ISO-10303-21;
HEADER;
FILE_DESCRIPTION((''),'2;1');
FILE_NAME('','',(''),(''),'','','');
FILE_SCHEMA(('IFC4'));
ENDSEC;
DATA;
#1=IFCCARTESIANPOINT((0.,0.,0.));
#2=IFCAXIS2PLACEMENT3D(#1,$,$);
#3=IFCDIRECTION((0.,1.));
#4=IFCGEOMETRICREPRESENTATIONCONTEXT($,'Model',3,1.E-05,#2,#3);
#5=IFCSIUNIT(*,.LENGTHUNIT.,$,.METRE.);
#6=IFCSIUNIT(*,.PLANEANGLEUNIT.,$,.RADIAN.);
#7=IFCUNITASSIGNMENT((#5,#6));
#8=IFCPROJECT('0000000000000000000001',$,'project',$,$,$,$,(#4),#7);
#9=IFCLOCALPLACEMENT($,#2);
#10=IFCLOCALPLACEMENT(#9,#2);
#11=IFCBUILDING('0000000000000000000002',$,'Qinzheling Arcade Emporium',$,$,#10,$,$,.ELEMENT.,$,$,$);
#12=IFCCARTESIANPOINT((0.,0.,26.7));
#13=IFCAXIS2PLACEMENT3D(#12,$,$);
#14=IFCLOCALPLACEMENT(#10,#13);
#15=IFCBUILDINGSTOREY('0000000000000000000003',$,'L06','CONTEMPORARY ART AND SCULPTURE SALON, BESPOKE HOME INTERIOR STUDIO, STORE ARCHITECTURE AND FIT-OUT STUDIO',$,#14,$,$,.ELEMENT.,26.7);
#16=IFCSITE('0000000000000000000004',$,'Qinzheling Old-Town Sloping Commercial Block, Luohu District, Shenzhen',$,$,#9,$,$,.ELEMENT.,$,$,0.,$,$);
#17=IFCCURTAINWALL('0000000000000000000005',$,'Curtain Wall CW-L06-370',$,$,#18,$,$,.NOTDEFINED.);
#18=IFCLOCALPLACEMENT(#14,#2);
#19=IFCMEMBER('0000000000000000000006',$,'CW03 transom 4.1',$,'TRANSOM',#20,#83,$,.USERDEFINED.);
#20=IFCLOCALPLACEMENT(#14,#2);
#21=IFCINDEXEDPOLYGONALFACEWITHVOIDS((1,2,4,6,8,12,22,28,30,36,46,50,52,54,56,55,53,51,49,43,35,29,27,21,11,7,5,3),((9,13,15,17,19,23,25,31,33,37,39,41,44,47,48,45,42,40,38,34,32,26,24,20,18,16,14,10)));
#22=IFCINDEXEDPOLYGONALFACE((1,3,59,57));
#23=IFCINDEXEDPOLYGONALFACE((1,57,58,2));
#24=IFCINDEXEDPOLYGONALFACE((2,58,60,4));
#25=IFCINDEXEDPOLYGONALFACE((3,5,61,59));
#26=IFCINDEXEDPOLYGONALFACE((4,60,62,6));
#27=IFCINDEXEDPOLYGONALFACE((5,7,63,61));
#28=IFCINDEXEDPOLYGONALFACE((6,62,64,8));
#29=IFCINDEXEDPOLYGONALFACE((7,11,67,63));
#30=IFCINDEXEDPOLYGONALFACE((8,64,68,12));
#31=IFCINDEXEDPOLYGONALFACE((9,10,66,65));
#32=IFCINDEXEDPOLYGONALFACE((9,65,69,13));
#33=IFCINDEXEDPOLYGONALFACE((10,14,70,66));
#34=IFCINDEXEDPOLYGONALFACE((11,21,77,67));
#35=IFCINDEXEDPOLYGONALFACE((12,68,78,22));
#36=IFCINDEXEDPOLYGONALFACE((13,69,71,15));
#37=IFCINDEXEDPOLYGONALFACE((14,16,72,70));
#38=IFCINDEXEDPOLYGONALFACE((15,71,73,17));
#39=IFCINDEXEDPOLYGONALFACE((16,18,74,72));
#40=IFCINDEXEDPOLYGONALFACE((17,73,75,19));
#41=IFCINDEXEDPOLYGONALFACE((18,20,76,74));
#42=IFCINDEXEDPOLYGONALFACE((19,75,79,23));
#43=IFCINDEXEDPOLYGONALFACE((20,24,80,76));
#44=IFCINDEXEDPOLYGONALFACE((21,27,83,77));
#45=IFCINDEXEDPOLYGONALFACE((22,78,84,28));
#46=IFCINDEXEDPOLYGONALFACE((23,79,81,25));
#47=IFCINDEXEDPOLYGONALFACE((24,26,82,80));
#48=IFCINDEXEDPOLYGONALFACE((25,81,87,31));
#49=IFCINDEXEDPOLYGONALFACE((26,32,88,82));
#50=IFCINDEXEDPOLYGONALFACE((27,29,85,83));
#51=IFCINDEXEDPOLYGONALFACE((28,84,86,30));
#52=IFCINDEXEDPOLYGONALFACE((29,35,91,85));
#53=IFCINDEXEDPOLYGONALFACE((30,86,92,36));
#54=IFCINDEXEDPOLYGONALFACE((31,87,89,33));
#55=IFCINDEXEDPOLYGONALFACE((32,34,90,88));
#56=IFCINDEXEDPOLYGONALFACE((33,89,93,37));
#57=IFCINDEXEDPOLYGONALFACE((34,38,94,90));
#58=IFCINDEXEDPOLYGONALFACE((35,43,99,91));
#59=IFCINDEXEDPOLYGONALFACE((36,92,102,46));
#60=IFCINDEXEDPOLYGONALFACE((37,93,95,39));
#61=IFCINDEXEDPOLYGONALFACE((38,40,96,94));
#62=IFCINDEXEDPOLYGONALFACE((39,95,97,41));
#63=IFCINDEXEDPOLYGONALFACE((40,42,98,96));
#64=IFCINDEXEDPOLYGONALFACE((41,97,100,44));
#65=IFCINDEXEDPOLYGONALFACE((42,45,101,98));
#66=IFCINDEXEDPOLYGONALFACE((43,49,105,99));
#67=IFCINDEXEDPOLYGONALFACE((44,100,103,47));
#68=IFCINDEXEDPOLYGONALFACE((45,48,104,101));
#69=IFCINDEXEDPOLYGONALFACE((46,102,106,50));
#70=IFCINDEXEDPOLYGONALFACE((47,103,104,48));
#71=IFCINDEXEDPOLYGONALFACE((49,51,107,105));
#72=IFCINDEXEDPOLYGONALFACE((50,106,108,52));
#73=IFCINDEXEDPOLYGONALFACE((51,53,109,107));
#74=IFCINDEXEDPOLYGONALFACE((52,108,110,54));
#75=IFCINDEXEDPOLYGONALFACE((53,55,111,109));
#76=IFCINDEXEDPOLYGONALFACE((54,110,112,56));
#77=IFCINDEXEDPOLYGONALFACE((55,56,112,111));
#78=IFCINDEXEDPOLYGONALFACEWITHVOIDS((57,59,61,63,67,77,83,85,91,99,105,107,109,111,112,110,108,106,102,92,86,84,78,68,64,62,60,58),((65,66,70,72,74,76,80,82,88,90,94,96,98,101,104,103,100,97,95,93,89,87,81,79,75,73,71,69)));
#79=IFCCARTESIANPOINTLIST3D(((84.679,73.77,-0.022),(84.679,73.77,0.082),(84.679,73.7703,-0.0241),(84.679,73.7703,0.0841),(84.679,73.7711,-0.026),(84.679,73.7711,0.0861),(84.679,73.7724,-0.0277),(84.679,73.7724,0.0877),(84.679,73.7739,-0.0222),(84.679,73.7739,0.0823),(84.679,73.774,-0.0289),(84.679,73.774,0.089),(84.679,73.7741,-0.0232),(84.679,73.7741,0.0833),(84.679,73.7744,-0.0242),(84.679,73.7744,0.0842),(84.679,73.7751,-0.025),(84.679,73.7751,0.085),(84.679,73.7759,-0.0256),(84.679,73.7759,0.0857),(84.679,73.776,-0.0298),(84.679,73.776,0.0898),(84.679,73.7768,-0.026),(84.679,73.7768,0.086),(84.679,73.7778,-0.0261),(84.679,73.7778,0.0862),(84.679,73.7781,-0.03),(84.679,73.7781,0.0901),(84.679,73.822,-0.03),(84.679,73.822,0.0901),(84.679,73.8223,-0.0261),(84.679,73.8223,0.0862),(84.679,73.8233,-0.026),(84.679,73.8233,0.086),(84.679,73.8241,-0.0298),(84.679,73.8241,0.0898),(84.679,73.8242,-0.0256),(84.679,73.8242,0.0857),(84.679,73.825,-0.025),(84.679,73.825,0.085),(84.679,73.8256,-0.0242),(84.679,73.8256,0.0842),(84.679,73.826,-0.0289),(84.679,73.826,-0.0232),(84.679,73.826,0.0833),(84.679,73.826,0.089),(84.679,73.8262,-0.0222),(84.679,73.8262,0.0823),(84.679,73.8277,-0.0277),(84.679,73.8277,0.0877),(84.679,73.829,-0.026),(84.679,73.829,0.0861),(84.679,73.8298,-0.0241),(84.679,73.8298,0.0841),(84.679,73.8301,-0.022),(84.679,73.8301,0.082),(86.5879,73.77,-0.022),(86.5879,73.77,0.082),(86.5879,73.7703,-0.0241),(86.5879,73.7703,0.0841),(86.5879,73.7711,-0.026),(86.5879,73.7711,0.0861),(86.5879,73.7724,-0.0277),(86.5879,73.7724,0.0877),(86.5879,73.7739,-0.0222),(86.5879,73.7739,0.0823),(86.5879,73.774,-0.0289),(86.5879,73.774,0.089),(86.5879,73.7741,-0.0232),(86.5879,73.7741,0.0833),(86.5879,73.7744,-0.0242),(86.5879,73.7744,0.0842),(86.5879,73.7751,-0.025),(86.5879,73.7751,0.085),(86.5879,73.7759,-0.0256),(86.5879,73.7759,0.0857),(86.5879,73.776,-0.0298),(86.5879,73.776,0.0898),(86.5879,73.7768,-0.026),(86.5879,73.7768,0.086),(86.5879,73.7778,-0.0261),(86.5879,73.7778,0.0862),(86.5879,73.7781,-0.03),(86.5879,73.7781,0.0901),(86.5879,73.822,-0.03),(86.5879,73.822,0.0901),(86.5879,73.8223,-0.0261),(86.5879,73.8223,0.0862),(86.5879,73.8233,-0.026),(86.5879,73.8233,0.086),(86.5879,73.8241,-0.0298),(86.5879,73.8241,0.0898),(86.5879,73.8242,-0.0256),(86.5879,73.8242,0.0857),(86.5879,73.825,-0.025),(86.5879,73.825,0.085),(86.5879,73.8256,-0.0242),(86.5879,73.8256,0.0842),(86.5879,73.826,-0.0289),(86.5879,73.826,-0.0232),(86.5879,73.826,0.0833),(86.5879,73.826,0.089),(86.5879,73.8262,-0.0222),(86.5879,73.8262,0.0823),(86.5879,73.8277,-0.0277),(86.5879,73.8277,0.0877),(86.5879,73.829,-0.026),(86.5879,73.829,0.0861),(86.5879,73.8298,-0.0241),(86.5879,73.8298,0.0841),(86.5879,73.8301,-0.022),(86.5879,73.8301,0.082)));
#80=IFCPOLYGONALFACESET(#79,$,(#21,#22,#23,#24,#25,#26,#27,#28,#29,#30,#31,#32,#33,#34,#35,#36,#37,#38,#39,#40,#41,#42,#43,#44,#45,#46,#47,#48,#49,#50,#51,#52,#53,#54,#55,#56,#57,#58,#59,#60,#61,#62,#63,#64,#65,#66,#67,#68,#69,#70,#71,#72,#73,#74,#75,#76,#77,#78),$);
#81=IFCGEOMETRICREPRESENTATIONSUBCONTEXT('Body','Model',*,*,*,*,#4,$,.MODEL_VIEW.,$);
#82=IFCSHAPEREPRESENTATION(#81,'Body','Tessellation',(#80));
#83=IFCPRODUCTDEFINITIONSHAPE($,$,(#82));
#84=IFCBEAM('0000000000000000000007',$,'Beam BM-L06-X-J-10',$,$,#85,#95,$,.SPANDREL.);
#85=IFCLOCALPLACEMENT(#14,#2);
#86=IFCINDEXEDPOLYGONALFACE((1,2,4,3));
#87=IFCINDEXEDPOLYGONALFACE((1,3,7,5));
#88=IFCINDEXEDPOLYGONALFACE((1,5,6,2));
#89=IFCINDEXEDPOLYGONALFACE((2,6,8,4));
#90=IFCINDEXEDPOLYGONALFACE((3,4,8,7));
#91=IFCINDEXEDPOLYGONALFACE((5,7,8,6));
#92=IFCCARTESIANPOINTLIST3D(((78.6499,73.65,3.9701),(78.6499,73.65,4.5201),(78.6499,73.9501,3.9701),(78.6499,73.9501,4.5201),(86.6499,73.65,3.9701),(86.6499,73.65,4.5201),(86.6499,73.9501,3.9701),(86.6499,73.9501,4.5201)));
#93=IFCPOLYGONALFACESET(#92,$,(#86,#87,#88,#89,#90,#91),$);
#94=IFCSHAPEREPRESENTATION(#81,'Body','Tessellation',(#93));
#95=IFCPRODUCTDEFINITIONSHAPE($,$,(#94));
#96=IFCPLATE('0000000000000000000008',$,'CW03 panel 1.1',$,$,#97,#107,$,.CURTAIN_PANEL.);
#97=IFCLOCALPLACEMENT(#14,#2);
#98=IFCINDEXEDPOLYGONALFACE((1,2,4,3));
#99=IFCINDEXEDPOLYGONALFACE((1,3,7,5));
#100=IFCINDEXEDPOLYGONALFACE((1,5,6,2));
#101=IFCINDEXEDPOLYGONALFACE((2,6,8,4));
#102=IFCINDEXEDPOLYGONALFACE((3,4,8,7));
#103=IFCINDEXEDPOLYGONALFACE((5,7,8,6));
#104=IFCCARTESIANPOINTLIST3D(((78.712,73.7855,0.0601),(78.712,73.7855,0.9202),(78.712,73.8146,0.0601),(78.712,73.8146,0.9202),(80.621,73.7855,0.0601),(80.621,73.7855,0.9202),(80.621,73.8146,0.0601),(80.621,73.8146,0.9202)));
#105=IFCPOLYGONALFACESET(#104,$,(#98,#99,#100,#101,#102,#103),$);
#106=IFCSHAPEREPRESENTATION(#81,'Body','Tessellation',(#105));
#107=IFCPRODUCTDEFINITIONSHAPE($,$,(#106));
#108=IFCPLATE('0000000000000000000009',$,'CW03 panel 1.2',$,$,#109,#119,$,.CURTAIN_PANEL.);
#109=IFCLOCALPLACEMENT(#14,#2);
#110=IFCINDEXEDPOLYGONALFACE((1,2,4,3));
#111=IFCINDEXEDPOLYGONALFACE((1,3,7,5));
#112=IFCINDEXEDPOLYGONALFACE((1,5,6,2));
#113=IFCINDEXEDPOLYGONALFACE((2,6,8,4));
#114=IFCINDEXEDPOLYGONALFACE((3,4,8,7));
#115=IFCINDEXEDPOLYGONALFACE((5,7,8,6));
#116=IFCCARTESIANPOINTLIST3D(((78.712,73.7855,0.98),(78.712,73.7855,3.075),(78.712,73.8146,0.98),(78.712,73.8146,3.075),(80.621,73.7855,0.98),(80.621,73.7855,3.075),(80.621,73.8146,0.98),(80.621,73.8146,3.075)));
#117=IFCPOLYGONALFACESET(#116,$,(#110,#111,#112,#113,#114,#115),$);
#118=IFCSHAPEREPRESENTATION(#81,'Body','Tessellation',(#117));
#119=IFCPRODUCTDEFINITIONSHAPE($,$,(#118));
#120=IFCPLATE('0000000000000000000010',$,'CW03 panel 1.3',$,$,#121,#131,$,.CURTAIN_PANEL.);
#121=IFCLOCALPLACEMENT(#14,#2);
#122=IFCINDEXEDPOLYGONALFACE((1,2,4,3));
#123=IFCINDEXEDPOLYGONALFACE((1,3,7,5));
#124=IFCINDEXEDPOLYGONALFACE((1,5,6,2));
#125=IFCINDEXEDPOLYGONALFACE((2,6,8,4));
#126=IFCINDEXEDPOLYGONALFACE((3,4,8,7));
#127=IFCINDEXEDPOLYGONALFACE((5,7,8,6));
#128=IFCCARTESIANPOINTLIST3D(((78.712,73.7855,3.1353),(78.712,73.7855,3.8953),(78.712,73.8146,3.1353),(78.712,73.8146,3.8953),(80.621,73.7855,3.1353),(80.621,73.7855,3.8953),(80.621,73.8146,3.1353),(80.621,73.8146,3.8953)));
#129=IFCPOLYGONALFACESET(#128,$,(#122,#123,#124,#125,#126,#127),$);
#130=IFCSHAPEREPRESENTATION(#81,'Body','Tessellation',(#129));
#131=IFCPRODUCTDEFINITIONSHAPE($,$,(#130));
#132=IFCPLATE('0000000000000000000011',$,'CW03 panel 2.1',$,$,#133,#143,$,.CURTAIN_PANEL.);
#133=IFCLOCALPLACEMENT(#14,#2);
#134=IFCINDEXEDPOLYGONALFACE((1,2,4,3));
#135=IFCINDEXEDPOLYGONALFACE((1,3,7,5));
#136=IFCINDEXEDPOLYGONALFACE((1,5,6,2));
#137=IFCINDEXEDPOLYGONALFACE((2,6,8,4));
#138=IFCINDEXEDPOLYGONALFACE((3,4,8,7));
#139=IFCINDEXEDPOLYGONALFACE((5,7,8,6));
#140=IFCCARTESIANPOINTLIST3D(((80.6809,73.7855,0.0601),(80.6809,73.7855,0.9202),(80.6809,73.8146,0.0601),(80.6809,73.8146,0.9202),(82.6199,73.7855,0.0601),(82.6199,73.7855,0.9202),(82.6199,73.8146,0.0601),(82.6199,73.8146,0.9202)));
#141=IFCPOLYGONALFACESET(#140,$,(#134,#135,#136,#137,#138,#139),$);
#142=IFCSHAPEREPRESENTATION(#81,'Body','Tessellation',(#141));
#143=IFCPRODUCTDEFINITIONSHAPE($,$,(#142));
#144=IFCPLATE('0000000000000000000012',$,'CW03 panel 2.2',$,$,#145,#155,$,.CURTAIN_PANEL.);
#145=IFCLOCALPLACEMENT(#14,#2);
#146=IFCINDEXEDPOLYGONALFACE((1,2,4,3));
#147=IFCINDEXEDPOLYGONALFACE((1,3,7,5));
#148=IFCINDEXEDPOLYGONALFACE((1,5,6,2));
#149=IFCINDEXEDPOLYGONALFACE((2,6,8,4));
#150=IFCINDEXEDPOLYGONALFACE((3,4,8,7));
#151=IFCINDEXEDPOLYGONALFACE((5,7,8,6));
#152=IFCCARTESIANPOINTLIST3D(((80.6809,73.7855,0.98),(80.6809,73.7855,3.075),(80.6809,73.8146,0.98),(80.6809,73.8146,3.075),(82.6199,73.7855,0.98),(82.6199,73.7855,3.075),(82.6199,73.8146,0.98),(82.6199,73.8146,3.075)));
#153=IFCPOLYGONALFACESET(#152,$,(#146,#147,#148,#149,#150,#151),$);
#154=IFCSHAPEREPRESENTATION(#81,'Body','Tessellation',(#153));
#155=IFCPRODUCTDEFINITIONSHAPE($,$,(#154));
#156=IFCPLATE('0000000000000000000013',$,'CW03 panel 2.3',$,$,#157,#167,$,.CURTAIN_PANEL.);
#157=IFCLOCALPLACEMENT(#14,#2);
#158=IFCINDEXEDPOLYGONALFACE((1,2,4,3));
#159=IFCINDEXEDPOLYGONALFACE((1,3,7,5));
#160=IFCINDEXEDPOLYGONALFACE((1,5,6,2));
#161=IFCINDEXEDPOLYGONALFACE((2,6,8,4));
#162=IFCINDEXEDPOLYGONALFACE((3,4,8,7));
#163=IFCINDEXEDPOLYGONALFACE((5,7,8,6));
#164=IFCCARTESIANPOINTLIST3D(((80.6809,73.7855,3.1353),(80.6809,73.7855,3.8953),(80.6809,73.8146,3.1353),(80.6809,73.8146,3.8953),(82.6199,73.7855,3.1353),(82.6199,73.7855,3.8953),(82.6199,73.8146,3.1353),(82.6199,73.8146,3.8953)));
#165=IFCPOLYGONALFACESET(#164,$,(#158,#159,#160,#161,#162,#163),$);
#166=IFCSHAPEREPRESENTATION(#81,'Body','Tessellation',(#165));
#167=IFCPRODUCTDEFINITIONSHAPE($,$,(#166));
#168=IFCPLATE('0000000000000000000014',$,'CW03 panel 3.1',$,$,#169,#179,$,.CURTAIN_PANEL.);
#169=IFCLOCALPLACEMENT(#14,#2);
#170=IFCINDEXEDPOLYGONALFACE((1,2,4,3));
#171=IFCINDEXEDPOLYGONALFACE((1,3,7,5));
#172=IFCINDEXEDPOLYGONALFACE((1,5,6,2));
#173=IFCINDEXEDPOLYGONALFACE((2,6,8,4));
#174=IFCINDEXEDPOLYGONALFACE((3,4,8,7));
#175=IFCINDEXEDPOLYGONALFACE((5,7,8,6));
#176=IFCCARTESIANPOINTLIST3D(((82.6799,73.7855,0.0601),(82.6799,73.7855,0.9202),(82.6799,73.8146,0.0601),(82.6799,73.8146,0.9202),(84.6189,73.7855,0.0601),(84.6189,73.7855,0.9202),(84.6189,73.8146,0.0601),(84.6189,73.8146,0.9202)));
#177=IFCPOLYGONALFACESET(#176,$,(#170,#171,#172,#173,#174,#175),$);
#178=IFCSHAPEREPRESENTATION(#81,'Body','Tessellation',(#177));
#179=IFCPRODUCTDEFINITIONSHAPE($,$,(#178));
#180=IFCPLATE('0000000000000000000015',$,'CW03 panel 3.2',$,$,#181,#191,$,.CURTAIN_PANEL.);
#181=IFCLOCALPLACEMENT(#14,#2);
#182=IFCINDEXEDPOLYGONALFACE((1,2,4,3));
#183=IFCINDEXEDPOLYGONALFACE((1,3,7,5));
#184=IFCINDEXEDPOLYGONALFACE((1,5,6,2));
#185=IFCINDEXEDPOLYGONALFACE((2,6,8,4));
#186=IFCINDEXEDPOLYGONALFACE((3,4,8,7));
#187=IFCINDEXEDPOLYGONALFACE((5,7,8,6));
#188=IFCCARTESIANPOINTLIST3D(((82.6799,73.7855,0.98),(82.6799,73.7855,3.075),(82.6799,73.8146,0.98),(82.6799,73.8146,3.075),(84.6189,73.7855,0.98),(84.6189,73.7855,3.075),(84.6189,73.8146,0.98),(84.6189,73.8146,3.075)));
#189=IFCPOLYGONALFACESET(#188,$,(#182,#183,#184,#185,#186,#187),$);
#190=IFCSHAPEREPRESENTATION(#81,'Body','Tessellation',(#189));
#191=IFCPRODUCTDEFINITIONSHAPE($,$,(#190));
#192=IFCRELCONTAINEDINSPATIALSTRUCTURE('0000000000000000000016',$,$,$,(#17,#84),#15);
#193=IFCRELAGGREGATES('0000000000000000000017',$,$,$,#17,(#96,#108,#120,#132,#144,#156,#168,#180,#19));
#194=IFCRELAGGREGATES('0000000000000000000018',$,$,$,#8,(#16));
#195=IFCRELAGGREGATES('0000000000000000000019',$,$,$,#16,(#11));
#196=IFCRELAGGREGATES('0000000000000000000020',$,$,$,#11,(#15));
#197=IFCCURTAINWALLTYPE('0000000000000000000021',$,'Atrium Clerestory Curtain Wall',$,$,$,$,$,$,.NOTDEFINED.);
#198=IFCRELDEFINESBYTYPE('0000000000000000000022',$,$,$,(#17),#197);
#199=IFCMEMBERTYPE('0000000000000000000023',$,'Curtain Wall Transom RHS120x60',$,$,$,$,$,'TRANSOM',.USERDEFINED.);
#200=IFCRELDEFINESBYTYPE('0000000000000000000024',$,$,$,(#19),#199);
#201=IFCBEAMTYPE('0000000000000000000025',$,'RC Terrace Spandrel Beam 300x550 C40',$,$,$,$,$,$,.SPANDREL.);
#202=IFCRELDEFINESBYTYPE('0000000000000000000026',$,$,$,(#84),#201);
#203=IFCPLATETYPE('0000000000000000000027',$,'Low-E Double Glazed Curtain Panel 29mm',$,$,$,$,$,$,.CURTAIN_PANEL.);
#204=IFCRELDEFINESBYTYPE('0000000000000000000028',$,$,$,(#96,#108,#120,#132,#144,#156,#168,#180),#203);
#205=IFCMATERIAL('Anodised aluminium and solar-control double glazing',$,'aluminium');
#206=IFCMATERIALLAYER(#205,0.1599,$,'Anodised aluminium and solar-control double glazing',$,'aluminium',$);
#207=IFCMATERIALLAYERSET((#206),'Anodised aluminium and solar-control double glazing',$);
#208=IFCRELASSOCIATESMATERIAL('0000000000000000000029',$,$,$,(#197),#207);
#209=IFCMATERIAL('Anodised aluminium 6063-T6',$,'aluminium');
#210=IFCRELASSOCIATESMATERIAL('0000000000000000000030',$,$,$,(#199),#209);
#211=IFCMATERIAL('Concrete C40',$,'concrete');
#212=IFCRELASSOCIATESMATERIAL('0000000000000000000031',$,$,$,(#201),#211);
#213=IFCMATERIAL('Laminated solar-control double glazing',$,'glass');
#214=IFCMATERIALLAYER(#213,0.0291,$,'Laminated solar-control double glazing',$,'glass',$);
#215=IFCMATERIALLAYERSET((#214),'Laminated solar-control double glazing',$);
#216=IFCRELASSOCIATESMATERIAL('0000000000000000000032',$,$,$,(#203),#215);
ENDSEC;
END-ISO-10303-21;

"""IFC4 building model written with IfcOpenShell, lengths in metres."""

from ifc_helpers import new_model, si_unit, direction, frame, origin, origin_2d, place, context, subcontext, project, spatial, rectangle, hollow_rectangle, extrude, material, layer, layer_set, material_profile, profile_set, type_object, element, aggregate, save


model = new_model("IFC4")

# Units and contexts
model_context = context("Model", 3, precision=1e-05, world=origin(), true_north=direction((0.0, 1.0)))
body_context = subcontext(model_context, "Body", "Model", "MODEL_VIEW")
ifc_project = project(units=[si_unit("LENGTHUNIT", "METRE"), si_unit("PLANEANGLEUNIT", "RADIAN")], contexts=[model_context])

# Site, building, storey
site_placement = place(None, origin())
site = spatial("IfcSite", under=ifc_project, at=site_placement, Name="Qinzheling Old-Town Sloping Commercial Block, Luohu District, Shenzhen", CompositionType="ELEMENT", RefElevation=0.0)
building_placement = place(site_placement, origin())
building = spatial("IfcBuilding", under=site, at=building_placement, Name="Qinzheling Arcade Emporium", CompositionType="ELEMENT")
storey_placement = place(building_placement, frame((0.0, 0.0, 26.7)))
storey = spatial("IfcBuildingStorey", under=building, at=storey_placement, Name="L06", Description="CONTEMPORARY ART AND SCULPTURE SALON, BESPOKE HOME INTERIOR STUDIO, STORE ARCHITECTURE AND FIT-OUT STUDIO", CompositionType="ELEMENT", Elevation=26.7)

# Curtain wall, member
ifc_material_1 = material(Name="Anodised aluminium and solar-control double glazing", Category="aluminium")
ifc_layer_1 = layer(ifc_material_1, 0.1599, Name="Anodised aluminium and solar-control double glazing", Category="aluminium")
ifc_layer_set_1 = layer_set([ifc_layer_1], Name="Anodised aluminium and solar-control double glazing")
curtain_wall_type = type_object("IfcCurtainWallType", Name="Atrium Clerestory Curtain Wall", PredefinedType="NOTDEFINED", material=ifc_layer_set_1)
curtain_wall_placement = place(storey_placement, origin())
curtain_wall = element("IfcCurtainWall", 1, at=curtain_wall_placement, inside=storey, type_object=curtain_wall_type, Name="Curtain Wall CW-L06-370", PredefinedType="NOTDEFINED")
ifc_material_2 = material(Name="Anodised aluminium 6063-T6", Category="aluminium")
ifc_material_profile_1 = material_profile(ifc_material_2, hollow_rectangle(XDim=0.0601, YDim=0.1201, WallThickness=0.0039, InnerFilletRadius=0.0039, OuterFilletRadius=0.0081, at=origin_2d()), Name="RHS 120x60x4", Category="aluminium")
ifc_profile_set_1 = profile_set([ifc_material_profile_1], Name="Anodised aluminium 6063-T6")
member_type_1 = type_object("IfcMemberType", Name="Curtain Wall Transom RHS120x60", ElementType="TRANSOM", PredefinedType="USERDEFINED", material=ifc_profile_set_1)
member_1_placement = place(storey_placement, frame((84.679, 73.8, 0.03), z_axis=(1.0, 0.0, 0.0), x_axis=(0.0, 1.0, 0.0)))
member_1 = element("IfcMember", 2, at=member_1_placement, type_object=member_type_1, Name="CW03 transom 4.1", ObjectType="TRANSOM", PredefinedType="USERDEFINED", context=body_context, shape_type="SweptSolid", body=[
    extrude(hollow_rectangle(XDim=0.0601, YDim=0.1201, WallThickness=0.0039, InnerFilletRadius=0.0039, OuterFilletRadius=0.0081, at=origin_2d()), origin(), (0.0, 0.0, 1.0), 1.9089),
])

# Beam
ifc_material_3 = material(Name="Concrete C40", Category="concrete")
ifc_material_profile_2 = material_profile(ifc_material_3, rectangle(XDim=0.3, YDim=0.55, at=origin_2d()), Name="RC 300x550", Category="concrete")
ifc_profile_set_2 = profile_set([ifc_material_profile_2], Name="Concrete C40")
beam_type = type_object("IfcBeamType", Name="RC Terrace Spandrel Beam 300x550 C40", PredefinedType="SPANDREL", material=ifc_profile_set_2)
beam_placement = place(storey_placement, frame((78.6499, 73.8, 4.2451), z_axis=(1.0, 0.0, 0.0), x_axis=(0.0, 1.0, 0.0)))
element("IfcBeam", 3, at=beam_placement, inside=storey, type_object=beam_type, Name="Beam BM-L06-X-J-10", PredefinedType="SPANDREL", context=body_context, shape_type="SweptSolid", body=[
    extrude(rectangle(XDim=0.3, YDim=0.55, at=origin_2d()), origin(), (0.0, 0.0, 1.0), 8.0),
])

# Plates
ifc_material_4 = material(Name="Laminated solar-control double glazing", Category="glass")
ifc_layer_2 = layer(ifc_material_4, 0.0291, Name="Laminated solar-control double glazing", Category="glass")
ifc_layer_set_2 = layer_set([ifc_layer_2], Name="Laminated solar-control double glazing")
plate_type = type_object("IfcPlateType", Name="Low-E Double Glazed Curtain Panel 29mm", PredefinedType="CURTAIN_PANEL", material=ifc_layer_set_2)
plate_1_placement = place(storey_placement, frame((79.6665, 73.8, 0.0601), z_axis=(0.0, 0.0, 1.0), x_axis=(1.0, 0.0, 0.0)))
plate_1 = element("IfcPlate", 4, at=plate_1_placement, type_object=plate_type, Name="CW03 panel 1.1", PredefinedType="CURTAIN_PANEL", context=body_context, shape_type="SweptSolid", body=[
    extrude(rectangle(XDim=1.9089, YDim=0.0291, at=origin_2d()), origin(), (0.0, 0.0, 1.0), 0.8601),
])
plate_2_placement = place(storey_placement, frame((79.6665, 73.8, 0.98), z_axis=(0.0, 0.0, 1.0), x_axis=(1.0, 0.0, 0.0)))
plate_2 = element("IfcPlate", 5, at=plate_2_placement, type_object=plate_type, Name="CW03 panel 1.2", PredefinedType="CURTAIN_PANEL", context=body_context, shape_type="SweptSolid", body=[
    extrude(rectangle(XDim=1.9089, YDim=0.0291, at=origin_2d()), origin(), (0.0, 0.0, 1.0), 2.095),
])
plate_3_placement = place(storey_placement, frame((79.6665, 73.8, 3.1353), z_axis=(0.0, 0.0, 1.0), x_axis=(1.0, 0.0, 0.0)))
plate_3 = element("IfcPlate", 6, at=plate_3_placement, type_object=plate_type, Name="CW03 panel 1.3", PredefinedType="CURTAIN_PANEL", context=body_context, shape_type="SweptSolid", body=[
    extrude(rectangle(XDim=1.9089, YDim=0.0291, at=origin_2d()), origin(), (0.0, 0.0, 1.0), 0.76),
])
plate_4_placement = place(storey_placement, frame((81.6504, 73.8, 0.0601), z_axis=(0.0, 0.0, 1.0), x_axis=(1.0, 0.0, 0.0)))
plate_4 = element("IfcPlate", 7, at=plate_4_placement, type_object=plate_type, Name="CW03 panel 2.1", PredefinedType="CURTAIN_PANEL", context=body_context, shape_type="SweptSolid", body=[
    extrude(rectangle(XDim=1.939, YDim=0.0291, at=origin_2d()), origin(), (0.0, 0.0, 1.0), 0.8601),
])
plate_5_placement = place(storey_placement, frame((81.6504, 73.8, 0.98), z_axis=(0.0, 0.0, 1.0), x_axis=(1.0, 0.0, 0.0)))
plate_5 = element("IfcPlate", 8, at=plate_5_placement, type_object=plate_type, Name="CW03 panel 2.2", PredefinedType="CURTAIN_PANEL", context=body_context, shape_type="SweptSolid", body=[
    extrude(rectangle(XDim=1.939, YDim=0.0291, at=origin_2d()), origin(), (0.0, 0.0, 1.0), 2.095),
])
plate_6_placement = place(storey_placement, frame((81.6504, 73.8, 3.1353), z_axis=(0.0, 0.0, 1.0), x_axis=(1.0, 0.0, 0.0)))
plate_6 = element("IfcPlate", 9, at=plate_6_placement, type_object=plate_type, Name="CW03 panel 2.3", PredefinedType="CURTAIN_PANEL", context=body_context, shape_type="SweptSolid", body=[
    extrude(rectangle(XDim=1.939, YDim=0.0291, at=origin_2d()), origin(), (0.0, 0.0, 1.0), 0.76),
])
plate_7_placement = place(storey_placement, frame((83.6494, 73.8, 0.0601), z_axis=(0.0, 0.0, 1.0), x_axis=(1.0, 0.0, 0.0)))
plate_7 = element("IfcPlate", 10, at=plate_7_placement, type_object=plate_type, Name="CW03 panel 3.1", PredefinedType="CURTAIN_PANEL", context=body_context, shape_type="SweptSolid", body=[
    extrude(rectangle(XDim=1.939, YDim=0.0291, at=origin_2d()), origin(), (0.0, 0.0, 1.0), 0.8601),
])
plate_8_placement = place(storey_placement, frame((83.6494, 73.8, 0.98), z_axis=(0.0, 0.0, 1.0), x_axis=(1.0, 0.0, 0.0)))
plate_8 = element("IfcPlate", 11, at=plate_8_placement, type_object=plate_type, Name="CW03 panel 3.2", PredefinedType="CURTAIN_PANEL", context=body_context, shape_type="SweptSolid", body=[
    extrude(rectangle(XDim=1.939, YDim=0.0291, at=origin_2d()), origin(), (0.0, 0.0, 1.0), 2.095),
])
aggregate(curtain_wall, [plate_1, plate_2, plate_3, plate_4, plate_5, plate_6, plate_7, plate_8, member_1])

save(model, "model.ifc")
